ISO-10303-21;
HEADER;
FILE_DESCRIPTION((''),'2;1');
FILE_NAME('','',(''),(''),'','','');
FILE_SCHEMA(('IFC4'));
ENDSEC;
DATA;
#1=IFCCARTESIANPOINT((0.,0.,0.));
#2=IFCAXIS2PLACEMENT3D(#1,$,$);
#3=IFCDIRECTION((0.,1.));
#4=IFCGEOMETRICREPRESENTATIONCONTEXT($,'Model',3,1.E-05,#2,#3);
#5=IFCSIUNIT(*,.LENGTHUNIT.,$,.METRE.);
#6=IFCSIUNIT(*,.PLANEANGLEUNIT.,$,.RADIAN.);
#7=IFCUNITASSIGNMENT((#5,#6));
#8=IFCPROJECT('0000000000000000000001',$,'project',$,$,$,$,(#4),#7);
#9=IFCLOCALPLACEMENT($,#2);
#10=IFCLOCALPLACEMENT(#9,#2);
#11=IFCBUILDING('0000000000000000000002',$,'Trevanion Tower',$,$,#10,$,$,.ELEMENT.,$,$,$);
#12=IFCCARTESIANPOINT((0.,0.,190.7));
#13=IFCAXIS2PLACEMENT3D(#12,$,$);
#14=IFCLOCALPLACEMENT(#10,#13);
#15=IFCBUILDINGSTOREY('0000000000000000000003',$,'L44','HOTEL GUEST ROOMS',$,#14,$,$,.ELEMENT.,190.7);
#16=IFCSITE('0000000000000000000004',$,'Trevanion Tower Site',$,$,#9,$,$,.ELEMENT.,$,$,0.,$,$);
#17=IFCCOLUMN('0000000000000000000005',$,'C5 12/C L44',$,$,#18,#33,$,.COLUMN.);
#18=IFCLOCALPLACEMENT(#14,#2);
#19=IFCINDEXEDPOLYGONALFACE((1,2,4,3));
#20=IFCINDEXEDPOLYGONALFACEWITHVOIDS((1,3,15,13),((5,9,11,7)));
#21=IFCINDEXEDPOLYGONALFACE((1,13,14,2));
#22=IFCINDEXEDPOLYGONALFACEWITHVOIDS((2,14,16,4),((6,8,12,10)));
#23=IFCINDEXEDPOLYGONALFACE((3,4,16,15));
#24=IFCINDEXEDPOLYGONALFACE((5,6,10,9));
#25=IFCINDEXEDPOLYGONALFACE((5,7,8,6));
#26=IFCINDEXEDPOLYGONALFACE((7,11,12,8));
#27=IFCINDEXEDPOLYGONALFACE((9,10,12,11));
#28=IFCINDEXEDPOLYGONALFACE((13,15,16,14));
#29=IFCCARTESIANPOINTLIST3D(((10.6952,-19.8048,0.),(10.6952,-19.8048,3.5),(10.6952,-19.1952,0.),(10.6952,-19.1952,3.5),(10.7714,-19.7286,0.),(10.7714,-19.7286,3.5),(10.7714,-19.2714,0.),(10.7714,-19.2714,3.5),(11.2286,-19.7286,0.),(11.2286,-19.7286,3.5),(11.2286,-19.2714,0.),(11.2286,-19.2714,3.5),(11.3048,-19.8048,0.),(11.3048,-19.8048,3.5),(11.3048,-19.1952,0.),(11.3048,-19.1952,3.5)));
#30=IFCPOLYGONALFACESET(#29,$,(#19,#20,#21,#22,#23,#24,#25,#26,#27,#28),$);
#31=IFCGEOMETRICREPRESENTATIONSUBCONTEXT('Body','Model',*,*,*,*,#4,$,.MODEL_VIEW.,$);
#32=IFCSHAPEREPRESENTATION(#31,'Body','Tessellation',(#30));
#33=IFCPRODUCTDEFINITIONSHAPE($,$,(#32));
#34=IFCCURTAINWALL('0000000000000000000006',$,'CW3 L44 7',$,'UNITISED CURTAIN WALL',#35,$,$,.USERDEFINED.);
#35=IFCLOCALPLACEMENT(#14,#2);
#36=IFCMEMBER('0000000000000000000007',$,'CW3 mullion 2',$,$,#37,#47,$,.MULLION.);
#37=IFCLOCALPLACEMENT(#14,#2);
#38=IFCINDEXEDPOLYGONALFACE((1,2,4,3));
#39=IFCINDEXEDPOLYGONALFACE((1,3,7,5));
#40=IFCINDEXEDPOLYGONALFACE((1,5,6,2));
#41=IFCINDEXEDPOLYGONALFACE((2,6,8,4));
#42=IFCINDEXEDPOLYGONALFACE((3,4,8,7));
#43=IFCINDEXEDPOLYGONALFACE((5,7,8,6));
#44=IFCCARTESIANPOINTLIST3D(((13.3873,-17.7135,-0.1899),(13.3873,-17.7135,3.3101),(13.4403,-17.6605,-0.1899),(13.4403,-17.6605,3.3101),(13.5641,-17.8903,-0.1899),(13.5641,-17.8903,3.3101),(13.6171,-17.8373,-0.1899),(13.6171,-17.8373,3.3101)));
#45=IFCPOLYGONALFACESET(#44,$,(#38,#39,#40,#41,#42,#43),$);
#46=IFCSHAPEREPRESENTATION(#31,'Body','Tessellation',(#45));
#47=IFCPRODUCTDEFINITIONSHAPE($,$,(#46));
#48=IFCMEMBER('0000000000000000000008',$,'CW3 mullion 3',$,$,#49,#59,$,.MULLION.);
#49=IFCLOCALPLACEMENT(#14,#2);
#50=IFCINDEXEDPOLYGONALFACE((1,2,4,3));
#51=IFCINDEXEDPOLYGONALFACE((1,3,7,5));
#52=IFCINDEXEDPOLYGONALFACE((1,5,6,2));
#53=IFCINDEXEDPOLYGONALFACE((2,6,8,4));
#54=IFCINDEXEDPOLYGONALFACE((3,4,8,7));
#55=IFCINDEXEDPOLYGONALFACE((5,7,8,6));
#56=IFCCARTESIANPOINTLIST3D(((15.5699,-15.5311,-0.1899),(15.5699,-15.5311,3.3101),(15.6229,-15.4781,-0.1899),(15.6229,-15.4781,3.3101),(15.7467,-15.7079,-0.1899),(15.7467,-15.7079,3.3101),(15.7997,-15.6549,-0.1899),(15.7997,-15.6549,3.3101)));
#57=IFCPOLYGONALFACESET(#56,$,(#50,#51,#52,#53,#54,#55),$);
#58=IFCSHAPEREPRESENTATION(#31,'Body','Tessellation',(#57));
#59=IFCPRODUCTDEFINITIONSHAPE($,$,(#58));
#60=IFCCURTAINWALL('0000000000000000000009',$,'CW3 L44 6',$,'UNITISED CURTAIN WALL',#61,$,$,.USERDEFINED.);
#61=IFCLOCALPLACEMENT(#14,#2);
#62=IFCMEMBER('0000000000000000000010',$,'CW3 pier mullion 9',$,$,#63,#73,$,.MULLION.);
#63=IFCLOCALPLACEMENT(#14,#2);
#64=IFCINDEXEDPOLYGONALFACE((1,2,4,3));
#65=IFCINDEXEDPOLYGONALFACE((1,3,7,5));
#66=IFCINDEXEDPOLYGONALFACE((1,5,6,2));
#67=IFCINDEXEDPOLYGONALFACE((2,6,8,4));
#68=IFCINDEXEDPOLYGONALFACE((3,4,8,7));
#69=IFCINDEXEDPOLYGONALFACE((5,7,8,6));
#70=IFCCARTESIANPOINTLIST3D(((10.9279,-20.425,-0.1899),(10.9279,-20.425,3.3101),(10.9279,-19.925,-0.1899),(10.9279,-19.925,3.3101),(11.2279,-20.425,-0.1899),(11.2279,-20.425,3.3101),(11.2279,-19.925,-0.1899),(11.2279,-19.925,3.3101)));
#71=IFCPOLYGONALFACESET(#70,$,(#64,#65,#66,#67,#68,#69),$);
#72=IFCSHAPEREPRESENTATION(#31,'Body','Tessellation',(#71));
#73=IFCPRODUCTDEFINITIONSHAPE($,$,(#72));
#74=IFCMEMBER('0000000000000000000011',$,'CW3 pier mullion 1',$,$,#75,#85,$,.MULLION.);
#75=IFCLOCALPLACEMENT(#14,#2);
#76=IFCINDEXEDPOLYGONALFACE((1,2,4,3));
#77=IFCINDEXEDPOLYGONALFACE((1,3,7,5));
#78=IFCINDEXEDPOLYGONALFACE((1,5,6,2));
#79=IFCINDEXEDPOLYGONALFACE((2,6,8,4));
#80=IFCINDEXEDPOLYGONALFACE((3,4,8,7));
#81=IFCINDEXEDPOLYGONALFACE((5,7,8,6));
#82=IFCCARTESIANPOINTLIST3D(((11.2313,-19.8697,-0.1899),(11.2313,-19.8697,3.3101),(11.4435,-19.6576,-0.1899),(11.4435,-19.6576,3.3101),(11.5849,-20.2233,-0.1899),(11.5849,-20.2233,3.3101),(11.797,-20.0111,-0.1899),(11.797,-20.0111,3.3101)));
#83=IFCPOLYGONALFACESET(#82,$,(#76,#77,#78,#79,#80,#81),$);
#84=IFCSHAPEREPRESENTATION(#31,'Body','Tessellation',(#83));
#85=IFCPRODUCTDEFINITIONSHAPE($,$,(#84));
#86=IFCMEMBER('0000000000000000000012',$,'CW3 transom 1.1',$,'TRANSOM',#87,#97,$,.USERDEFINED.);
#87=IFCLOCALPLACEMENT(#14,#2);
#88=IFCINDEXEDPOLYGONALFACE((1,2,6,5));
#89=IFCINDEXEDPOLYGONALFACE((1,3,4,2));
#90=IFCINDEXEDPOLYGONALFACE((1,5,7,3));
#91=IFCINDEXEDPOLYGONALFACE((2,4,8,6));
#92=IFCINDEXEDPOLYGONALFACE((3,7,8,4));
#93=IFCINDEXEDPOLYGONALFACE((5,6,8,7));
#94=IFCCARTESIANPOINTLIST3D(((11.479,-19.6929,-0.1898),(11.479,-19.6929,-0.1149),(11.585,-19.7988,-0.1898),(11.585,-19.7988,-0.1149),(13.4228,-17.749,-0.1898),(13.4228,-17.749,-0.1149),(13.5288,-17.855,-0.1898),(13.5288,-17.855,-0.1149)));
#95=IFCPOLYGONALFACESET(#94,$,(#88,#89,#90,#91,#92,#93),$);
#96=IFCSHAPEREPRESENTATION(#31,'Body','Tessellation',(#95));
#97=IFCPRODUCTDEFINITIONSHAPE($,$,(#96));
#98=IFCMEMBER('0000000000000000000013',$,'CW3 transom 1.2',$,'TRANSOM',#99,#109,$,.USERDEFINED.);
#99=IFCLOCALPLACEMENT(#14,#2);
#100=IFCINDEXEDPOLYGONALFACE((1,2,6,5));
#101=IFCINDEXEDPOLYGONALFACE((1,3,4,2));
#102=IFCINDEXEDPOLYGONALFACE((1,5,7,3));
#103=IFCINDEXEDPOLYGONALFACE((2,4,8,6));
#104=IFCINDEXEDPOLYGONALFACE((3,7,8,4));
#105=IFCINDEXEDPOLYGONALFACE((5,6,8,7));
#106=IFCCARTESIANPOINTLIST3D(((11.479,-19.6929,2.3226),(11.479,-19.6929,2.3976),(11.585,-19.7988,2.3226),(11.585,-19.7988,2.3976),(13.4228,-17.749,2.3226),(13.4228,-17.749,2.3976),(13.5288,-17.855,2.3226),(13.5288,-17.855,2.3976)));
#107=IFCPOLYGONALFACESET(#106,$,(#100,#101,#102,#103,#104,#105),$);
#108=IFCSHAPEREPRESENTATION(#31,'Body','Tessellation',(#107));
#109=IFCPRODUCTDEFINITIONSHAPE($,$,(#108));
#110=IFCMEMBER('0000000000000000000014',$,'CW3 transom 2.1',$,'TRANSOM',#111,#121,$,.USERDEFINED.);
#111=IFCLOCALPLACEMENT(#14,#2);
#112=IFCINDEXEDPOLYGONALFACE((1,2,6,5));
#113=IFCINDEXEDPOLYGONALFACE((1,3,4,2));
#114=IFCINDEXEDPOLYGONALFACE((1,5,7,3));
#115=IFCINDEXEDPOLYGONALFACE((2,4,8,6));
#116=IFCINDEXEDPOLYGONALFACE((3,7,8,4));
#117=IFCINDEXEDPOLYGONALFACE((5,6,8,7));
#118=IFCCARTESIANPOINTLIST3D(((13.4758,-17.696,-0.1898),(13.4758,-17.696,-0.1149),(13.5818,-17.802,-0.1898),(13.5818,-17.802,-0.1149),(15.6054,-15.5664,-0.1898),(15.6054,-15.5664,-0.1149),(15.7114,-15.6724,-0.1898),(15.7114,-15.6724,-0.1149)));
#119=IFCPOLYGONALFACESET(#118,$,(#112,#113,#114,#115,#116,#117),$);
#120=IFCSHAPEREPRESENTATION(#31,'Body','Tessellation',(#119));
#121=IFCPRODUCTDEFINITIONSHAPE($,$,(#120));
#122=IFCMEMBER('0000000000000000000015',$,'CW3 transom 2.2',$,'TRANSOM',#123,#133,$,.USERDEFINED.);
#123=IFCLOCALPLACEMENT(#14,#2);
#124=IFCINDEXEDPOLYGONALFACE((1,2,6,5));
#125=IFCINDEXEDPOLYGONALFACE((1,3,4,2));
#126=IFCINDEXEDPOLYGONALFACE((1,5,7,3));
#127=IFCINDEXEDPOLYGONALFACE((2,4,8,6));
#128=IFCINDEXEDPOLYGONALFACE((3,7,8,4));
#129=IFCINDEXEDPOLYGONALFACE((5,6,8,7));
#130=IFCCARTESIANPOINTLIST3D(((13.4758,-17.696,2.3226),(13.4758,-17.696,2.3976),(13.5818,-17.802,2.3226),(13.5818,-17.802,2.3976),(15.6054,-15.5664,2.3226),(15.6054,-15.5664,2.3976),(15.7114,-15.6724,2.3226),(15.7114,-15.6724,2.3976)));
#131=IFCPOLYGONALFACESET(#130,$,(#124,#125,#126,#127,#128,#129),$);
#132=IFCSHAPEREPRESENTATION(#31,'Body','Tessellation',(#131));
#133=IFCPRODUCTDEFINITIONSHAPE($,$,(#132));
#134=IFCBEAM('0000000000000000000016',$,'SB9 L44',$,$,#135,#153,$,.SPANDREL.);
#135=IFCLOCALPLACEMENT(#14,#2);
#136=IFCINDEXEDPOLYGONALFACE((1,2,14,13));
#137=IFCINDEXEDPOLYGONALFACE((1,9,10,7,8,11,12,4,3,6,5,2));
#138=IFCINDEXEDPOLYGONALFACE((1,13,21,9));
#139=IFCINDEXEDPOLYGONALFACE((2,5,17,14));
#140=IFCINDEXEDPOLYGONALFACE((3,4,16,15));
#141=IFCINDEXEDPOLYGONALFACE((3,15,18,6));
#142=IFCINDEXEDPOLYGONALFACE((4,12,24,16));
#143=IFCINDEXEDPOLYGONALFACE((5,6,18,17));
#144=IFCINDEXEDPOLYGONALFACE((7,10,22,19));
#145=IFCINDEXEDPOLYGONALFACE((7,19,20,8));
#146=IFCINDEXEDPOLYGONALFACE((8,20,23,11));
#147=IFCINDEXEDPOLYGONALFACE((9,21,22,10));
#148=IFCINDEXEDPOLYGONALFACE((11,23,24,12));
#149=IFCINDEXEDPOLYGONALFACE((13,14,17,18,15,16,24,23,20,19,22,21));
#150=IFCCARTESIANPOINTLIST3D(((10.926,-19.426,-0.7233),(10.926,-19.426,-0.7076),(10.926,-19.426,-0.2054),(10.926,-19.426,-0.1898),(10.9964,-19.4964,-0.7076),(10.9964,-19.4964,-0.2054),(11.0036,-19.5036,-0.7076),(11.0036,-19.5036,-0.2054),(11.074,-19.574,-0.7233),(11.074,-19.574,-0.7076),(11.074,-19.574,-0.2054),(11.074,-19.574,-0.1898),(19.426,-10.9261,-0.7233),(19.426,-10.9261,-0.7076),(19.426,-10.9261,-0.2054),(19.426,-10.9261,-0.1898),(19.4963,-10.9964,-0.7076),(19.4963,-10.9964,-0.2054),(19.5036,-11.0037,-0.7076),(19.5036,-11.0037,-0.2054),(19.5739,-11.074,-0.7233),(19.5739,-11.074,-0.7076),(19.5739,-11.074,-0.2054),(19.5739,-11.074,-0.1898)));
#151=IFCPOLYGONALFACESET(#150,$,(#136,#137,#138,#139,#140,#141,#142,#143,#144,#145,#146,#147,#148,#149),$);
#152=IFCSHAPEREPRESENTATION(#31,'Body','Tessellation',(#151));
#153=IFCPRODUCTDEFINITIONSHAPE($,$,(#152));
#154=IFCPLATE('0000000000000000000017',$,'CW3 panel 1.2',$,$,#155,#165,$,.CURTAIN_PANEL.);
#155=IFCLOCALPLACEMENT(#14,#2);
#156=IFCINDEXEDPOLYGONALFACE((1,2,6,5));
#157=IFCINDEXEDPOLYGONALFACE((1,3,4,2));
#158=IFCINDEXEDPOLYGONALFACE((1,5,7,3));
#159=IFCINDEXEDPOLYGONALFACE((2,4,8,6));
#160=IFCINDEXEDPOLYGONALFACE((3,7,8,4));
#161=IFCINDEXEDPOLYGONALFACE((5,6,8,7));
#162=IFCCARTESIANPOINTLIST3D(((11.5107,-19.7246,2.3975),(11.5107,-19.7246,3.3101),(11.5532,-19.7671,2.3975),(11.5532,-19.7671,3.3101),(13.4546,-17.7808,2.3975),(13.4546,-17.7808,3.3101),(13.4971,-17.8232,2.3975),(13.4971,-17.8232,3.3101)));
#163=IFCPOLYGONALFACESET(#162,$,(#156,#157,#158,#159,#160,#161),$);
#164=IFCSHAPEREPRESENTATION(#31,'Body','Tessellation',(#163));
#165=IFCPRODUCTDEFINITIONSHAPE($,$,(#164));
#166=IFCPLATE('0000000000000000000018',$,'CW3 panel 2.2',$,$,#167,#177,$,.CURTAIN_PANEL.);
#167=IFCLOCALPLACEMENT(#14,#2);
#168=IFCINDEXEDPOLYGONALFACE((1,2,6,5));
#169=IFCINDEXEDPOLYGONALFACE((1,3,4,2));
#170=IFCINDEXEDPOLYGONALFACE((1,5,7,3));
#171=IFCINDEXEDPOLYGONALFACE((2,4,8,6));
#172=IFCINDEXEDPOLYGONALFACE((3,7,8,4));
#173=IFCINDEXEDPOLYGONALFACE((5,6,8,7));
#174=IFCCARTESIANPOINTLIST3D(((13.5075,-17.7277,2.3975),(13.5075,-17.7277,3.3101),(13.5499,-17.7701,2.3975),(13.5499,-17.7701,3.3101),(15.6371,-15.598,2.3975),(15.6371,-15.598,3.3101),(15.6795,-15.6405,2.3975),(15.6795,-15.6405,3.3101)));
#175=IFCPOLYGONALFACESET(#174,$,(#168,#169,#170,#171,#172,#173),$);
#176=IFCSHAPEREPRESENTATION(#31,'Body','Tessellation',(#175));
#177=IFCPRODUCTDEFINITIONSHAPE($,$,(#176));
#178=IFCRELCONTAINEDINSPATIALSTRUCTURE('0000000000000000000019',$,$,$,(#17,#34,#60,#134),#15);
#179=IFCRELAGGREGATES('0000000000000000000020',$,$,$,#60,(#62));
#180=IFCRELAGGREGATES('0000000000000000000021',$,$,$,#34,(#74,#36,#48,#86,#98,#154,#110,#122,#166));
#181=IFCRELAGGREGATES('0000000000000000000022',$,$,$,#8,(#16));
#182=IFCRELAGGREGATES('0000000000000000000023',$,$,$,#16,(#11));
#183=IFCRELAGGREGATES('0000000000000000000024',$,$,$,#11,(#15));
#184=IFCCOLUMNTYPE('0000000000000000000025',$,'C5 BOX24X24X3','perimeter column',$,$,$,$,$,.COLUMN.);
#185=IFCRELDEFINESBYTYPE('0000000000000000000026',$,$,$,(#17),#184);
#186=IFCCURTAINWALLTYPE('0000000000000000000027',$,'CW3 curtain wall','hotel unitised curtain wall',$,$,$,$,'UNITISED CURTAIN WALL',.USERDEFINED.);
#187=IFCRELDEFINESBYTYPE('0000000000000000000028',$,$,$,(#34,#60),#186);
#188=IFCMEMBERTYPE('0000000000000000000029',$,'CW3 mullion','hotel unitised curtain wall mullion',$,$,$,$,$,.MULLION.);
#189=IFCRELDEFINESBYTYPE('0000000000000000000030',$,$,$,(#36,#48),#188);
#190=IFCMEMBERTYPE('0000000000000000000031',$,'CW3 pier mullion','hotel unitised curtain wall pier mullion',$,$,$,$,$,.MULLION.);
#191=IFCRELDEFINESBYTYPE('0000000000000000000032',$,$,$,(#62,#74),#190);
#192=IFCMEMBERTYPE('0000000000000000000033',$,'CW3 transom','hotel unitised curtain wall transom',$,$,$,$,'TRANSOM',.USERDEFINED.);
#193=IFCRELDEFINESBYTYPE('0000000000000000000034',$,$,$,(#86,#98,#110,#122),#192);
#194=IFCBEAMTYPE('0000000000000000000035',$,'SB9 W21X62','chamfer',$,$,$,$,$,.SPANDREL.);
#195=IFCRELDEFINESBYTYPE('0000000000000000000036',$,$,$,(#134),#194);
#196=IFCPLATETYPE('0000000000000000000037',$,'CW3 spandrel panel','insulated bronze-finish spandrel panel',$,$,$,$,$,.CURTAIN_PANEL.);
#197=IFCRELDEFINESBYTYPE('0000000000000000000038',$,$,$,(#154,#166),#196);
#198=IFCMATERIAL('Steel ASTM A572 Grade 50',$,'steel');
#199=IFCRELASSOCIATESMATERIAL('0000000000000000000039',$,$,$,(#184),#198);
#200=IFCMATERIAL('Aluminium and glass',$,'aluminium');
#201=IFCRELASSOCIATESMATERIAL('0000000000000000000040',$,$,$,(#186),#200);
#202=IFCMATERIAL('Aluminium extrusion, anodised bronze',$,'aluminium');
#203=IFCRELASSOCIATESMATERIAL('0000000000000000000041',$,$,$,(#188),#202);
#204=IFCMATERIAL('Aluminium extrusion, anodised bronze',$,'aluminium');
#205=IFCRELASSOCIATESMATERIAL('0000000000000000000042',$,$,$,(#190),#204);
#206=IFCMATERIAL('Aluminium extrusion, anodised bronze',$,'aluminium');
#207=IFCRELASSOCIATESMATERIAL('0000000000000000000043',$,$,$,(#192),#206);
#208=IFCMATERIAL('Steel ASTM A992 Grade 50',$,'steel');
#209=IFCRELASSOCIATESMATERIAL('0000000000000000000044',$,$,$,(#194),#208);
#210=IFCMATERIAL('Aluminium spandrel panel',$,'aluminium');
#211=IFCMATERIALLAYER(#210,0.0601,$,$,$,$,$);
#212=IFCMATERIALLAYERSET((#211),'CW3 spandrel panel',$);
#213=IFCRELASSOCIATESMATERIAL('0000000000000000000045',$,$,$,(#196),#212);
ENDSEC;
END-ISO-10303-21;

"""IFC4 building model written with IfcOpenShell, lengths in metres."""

from ifc_helpers import new_model, si_unit, direction, frame, origin, origin_2d, place, context, subcontext, project, spatial, rectangle, hollow_rectangle, i_section, extrude, material, layer, layer_set, material_profile, profile_set, type_object, element, aggregate, save


model = new_model("IFC4")

# Units and contexts
model_context = context("Model", 3, precision=1e-05, world=origin(), true_north=direction((0.0, 1.0)))
body_context = subcontext(model_context, "Body", "Model", "MODEL_VIEW")
ifc_project = project(units=[si_unit("LENGTHUNIT", "METRE"), si_unit("PLANEANGLEUNIT", "RADIAN")], contexts=[model_context])

# Site, building, storey
site_placement = place(None, origin())
site = spatial("IfcSite", under=ifc_project, at=site_placement, Name="Trevanion Tower Site", CompositionType="ELEMENT", RefElevation=0.0)
building_placement = place(site_placement, origin())
building = spatial("IfcBuilding", under=site, at=building_placement, Name="Trevanion Tower", CompositionType="ELEMENT")
storey_placement = place(building_placement, frame((0.0, 0.0, 190.7)))
storey = spatial("IfcBuildingStorey", under=building, at=storey_placement, Name="L44", Description="HOTEL GUEST ROOMS", CompositionType="ELEMENT", Elevation=190.7)

# Column
ifc_material_1 = material(Name="Steel ASTM A572 Grade 50", Category="steel")
ifc_material_profile_1 = material_profile(ifc_material_1, hollow_rectangle(XDim=0.6096, YDim=0.6096, WallThickness=0.0762, at=origin_2d()), Name="BOX24X24X3")
ifc_profile_set_1 = profile_set([ifc_material_profile_1], Name="Steel ASTM A572 Grade 50")
column_type = type_object("IfcColumnType", Name="C5 BOX24X24X3", Description="perimeter column", PredefinedType="COLUMN", material=ifc_profile_set_1)
column_placement = place(storey_placement, frame((11.0, -19.5, 0.0), z_axis=(0.0, 0.0, 1.0), x_axis=(1.0, 0.0, 0.0)))
element("IfcColumn", 1, at=column_placement, inside=storey, type_object=column_type, Name="C5 12/C L44", PredefinedType="COLUMN", context=body_context, shape_type="SweptSolid", body=[
    extrude(hollow_rectangle(XDim=0.6096, YDim=0.6096, WallThickness=0.0762, at=origin_2d()), origin(), (0.0, 0.0, 1.0), 3.5),
])

# Curtain wall, members
ifc_material_2 = material(Name="Aluminium and glass", Category="aluminium")
curtain_wall_type = type_object("IfcCurtainWallType", Name="CW3 curtain wall", Description="hotel unitised curtain wall", ElementType="UNITISED CURTAIN WALL", PredefinedType="USERDEFINED", material=ifc_material_2)
curtain_wall_1_placement = place(storey_placement, origin())
curtain_wall_1 = element("IfcCurtainWall", 2, at=curtain_wall_1_placement, inside=storey, type_object=curtain_wall_type, Name="CW3 L44 7", ObjectType="UNITISED CURTAIN WALL", PredefinedType="USERDEFINED")
ifc_material_3 = material(Name="Aluminium extrusion, anodised bronze", Category="aluminium")
ifc_material_profile_2 = material_profile(ifc_material_3, rectangle(XDim=0.075, YDim=0.25, at=origin_2d()), Name="CW3 mullion")
ifc_profile_set_2 = profile_set([ifc_material_profile_2], Name="Aluminium extrusion, anodised bronze")
member_type_1 = type_object("IfcMemberType", Name="CW3 mullion", Description="hotel unitised curtain wall mullion", PredefinedType="MULLION", material=ifc_profile_set_2)
member_1_placement = place(storey_placement, frame((13.5022, -17.7754, -0.1899), z_axis=(0.0, 0.0, 1.0), x_axis=(0.707107, 0.707107, 0.0)))
member_1 = element("IfcMember", 3, at=member_1_placement, type_object=member_type_1, Name="CW3 mullion 2", PredefinedType="MULLION", context=body_context, shape_type="SweptSolid", body=[
    extrude(rectangle(XDim=0.075, YDim=0.25, at=origin_2d()), origin(), (0.0, 0.0, 1.0), 3.5),
])
member_2_placement = place(storey_placement, frame((15.6848, -15.593, -0.1899), z_axis=(0.0, 0.0, 1.0), x_axis=(0.707107, 0.707107, 0.0)))
member_2 = element("IfcMember", 4, at=member_2_placement, type_object=member_type_1, Name="CW3 mullion 3", PredefinedType="MULLION", context=body_context, shape_type="SweptSolid", body=[
    extrude(rectangle(XDim=0.075, YDim=0.25, at=origin_2d()), origin(), (0.0, 0.0, 1.0), 3.5),
])

# Curtain wall, member
curtain_wall_2_placement = place(storey_placement, origin())
curtain_wall_2 = element("IfcCurtainWall", 5, at=curtain_wall_2_placement, inside=storey, type_object=curtain_wall_type, Name="CW3 L44 6", ObjectType="UNITISED CURTAIN WALL", PredefinedType="USERDEFINED")
ifc_material_4 = material(Name="Aluminium extrusion, anodised bronze", Category="aluminium")
ifc_material_profile_3 = material_profile(ifc_material_4, rectangle(XDim=0.3, YDim=0.5, at=origin_2d()), Name="CW3 pier mullion")
ifc_profile_set_3 = profile_set([ifc_material_profile_3], Name="Aluminium extrusion, anodised bronze")
member_type_2 = type_object("IfcMemberType", Name="CW3 pier mullion", Description="hotel unitised curtain wall pier mullion", PredefinedType="MULLION", material=ifc_profile_set_3)
member_3_placement = place(storey_placement, frame((11.0779, -20.175, -0.1899), z_axis=(0.0, 0.0, 1.0), x_axis=(1.0, 0.0, 0.0)))
member_3 = element("IfcMember", 6, at=member_3_placement, type_object=member_type_2, Name="CW3 pier mullion 9", PredefinedType="MULLION", context=body_context, shape_type="SweptSolid", body=[
    extrude(rectangle(XDim=0.3, YDim=0.5, at=origin_2d()), origin(), (0.0, 0.0, 1.0), 3.5),
])
aggregate(curtain_wall_2, [member_3])

# Members
member_4_placement = place(storey_placement, frame((11.5142, -19.9404, -0.1899), z_axis=(0.0, 0.0, 1.0), x_axis=(0.707107, 0.707107, 0.0)))
member_4 = element("IfcMember", 7, at=member_4_placement, type_object=member_type_2, Name="CW3 pier mullion 1", PredefinedType="MULLION", context=body_context, shape_type="SweptSolid", body=[
    extrude(rectangle(XDim=0.3, YDim=0.5, at=origin_2d()), origin(), (0.0, 0.0, 1.0), 3.5),
])
ifc_material_5 = material(Name="Aluminium extrusion, anodised bronze", Category="aluminium")
ifc_material_profile_4 = material_profile(ifc_material_5, rectangle(XDim=0.1499, YDim=0.075, at=origin_2d()), Name="CW3 transom")
ifc_profile_set_4 = profile_set([ifc_material_profile_4], Name="Aluminium extrusion, anodised bronze")
member_type_3 = type_object("IfcMemberType", Name="CW3 transom", Description="hotel unitised curtain wall transom", ElementType="TRANSOM", PredefinedType="USERDEFINED", material=ifc_profile_set_4)
member_5_placement = place(storey_placement, frame((11.532, -19.7458, -0.1523), z_axis=(0.707107, 0.707107, 0.0), x_axis=(-0.707107, 0.707107, 0.0)))
member_5 = element("IfcMember", 8, at=member_5_placement, type_object=member_type_3, Name="CW3 transom 1.1", ObjectType="TRANSOM", PredefinedType="USERDEFINED", context=body_context, shape_type="SweptSolid", body=[
    extrude(rectangle(XDim=0.1499, YDim=0.075, at=origin_2d()), origin(), (0.0, 0.0, 1.0), 2.749),
])
member_6_placement = place(storey_placement, frame((11.532, -19.7458, 2.3601), z_axis=(0.707107, 0.707107, 0.0), x_axis=(-0.707107, 0.707107, 0.0)))
member_6 = element("IfcMember", 9, at=member_6_placement, type_object=member_type_3, Name="CW3 transom 1.2", ObjectType="TRANSOM", PredefinedType="USERDEFINED", context=body_context, shape_type="SweptSolid", body=[
    extrude(rectangle(XDim=0.1499, YDim=0.075, at=origin_2d()), origin(), (0.0, 0.0, 1.0), 2.749),
])
member_7_placement = place(storey_placement, frame((13.5288, -17.749, -0.1523), z_axis=(0.707107, 0.707107, 0.0), x_axis=(-0.707107, 0.707107, 0.0)))
member_7 = element("IfcMember", 10, at=member_7_placement, type_object=member_type_3, Name="CW3 transom 2.1", ObjectType="TRANSOM", PredefinedType="USERDEFINED", context=body_context, shape_type="SweptSolid", body=[
    extrude(rectangle(XDim=0.1499, YDim=0.075, at=origin_2d()), origin(), (0.0, 0.0, 1.0), 3.0117),
])
member_8_placement = place(storey_placement, frame((13.5288, -17.749, 2.3601), z_axis=(0.707107, 0.707107, 0.0), x_axis=(-0.707107, 0.707107, 0.0)))
member_8 = element("IfcMember", 11, at=member_8_placement, type_object=member_type_3, Name="CW3 transom 2.2", ObjectType="TRANSOM", PredefinedType="USERDEFINED", context=body_context, shape_type="SweptSolid", body=[
    extrude(rectangle(XDim=0.1499, YDim=0.075, at=origin_2d()), origin(), (0.0, 0.0, 1.0), 3.0117),
])

# Beam
ifc_material_6 = material(Name="Steel ASTM A992 Grade 50", Category="steel")
ifc_material_profile_5 = material_profile(ifc_material_6, i_section(OverallWidth=0.2092, OverallDepth=0.5334, WebThickness=0.0103, FlangeThickness=0.0156, at=origin_2d()), Name="W21X62")
ifc_profile_set_5 = profile_set([ifc_material_profile_5], Name="Steel ASTM A992 Grade 50")
beam_type = type_object("IfcBeamType", Name="SB9 W21X62", Description="chamfer", PredefinedType="SPANDREL", material=ifc_profile_set_5)
beam_placement = place(storey_placement, frame((11.0, -19.5, -0.4565), z_axis=(0.707107, 0.707107, 0.0), x_axis=(-0.707107, 0.707107, 0.0)))
element("IfcBeam", 12, at=beam_placement, inside=storey, type_object=beam_type, Name="SB9 L44", PredefinedType="SPANDREL", context=body_context, shape_type="SweptSolid", body=[
    extrude(i_section(OverallWidth=0.2092, OverallDepth=0.5334, WebThickness=0.0103, FlangeThickness=0.0156, at=origin_2d()), origin(), (0.0, 0.0, 1.0), 12.0208),
])

# Plates
ifc_material_7 = material(Name="Aluminium spandrel panel", Category="aluminium")
ifc_layer_1 = layer(ifc_material_7, 0.0601)
ifc_layer_set_1 = layer_set([ifc_layer_1], Name="CW3 spandrel panel")
plate_type_1 = type_object("IfcPlateType", Name="CW3 spandrel panel", Description="insulated bronze-finish spandrel panel", PredefinedType="CURTAIN_PANEL", material=ifc_layer_set_1)
plate_1_placement = place(storey_placement, frame((12.5039, -18.7739, 2.3975), z_axis=(0.0, 0.0, 1.0), x_axis=(0.707107, 0.707107, 0.0)))
plate_1 = element("IfcPlate", 13, at=plate_1_placement, type_object=plate_type_1, Name="CW3 panel 1.2", PredefinedType="CURTAIN_PANEL", context=body_context, shape_type="SweptSolid", body=[
    extrude(rectangle(XDim=2.749, YDim=0.0601, at=origin_2d()), origin(), (0.0, 0.0, 1.0), 0.9126),
])
plate_2_placement = place(storey_placement, frame((14.5935, -16.6841, 2.3975), z_axis=(0.0, 0.0, 1.0), x_axis=(0.707107, 0.707107, 0.0)))
plate_2 = element("IfcPlate", 14, at=plate_2_placement, type_object=plate_type_1, Name="CW3 panel 2.2", PredefinedType="CURTAIN_PANEL", context=body_context, shape_type="SweptSolid", body=[
    extrude(rectangle(XDim=3.0117, YDim=0.0601, at=origin_2d()), origin(), (0.0, 0.0, 1.0), 0.9126),
])
aggregate(curtain_wall_1, [member_4, member_1, member_2, member_5, member_6, plate_1, member_7, member_8, plate_2])

save(model, "model.ifc")
